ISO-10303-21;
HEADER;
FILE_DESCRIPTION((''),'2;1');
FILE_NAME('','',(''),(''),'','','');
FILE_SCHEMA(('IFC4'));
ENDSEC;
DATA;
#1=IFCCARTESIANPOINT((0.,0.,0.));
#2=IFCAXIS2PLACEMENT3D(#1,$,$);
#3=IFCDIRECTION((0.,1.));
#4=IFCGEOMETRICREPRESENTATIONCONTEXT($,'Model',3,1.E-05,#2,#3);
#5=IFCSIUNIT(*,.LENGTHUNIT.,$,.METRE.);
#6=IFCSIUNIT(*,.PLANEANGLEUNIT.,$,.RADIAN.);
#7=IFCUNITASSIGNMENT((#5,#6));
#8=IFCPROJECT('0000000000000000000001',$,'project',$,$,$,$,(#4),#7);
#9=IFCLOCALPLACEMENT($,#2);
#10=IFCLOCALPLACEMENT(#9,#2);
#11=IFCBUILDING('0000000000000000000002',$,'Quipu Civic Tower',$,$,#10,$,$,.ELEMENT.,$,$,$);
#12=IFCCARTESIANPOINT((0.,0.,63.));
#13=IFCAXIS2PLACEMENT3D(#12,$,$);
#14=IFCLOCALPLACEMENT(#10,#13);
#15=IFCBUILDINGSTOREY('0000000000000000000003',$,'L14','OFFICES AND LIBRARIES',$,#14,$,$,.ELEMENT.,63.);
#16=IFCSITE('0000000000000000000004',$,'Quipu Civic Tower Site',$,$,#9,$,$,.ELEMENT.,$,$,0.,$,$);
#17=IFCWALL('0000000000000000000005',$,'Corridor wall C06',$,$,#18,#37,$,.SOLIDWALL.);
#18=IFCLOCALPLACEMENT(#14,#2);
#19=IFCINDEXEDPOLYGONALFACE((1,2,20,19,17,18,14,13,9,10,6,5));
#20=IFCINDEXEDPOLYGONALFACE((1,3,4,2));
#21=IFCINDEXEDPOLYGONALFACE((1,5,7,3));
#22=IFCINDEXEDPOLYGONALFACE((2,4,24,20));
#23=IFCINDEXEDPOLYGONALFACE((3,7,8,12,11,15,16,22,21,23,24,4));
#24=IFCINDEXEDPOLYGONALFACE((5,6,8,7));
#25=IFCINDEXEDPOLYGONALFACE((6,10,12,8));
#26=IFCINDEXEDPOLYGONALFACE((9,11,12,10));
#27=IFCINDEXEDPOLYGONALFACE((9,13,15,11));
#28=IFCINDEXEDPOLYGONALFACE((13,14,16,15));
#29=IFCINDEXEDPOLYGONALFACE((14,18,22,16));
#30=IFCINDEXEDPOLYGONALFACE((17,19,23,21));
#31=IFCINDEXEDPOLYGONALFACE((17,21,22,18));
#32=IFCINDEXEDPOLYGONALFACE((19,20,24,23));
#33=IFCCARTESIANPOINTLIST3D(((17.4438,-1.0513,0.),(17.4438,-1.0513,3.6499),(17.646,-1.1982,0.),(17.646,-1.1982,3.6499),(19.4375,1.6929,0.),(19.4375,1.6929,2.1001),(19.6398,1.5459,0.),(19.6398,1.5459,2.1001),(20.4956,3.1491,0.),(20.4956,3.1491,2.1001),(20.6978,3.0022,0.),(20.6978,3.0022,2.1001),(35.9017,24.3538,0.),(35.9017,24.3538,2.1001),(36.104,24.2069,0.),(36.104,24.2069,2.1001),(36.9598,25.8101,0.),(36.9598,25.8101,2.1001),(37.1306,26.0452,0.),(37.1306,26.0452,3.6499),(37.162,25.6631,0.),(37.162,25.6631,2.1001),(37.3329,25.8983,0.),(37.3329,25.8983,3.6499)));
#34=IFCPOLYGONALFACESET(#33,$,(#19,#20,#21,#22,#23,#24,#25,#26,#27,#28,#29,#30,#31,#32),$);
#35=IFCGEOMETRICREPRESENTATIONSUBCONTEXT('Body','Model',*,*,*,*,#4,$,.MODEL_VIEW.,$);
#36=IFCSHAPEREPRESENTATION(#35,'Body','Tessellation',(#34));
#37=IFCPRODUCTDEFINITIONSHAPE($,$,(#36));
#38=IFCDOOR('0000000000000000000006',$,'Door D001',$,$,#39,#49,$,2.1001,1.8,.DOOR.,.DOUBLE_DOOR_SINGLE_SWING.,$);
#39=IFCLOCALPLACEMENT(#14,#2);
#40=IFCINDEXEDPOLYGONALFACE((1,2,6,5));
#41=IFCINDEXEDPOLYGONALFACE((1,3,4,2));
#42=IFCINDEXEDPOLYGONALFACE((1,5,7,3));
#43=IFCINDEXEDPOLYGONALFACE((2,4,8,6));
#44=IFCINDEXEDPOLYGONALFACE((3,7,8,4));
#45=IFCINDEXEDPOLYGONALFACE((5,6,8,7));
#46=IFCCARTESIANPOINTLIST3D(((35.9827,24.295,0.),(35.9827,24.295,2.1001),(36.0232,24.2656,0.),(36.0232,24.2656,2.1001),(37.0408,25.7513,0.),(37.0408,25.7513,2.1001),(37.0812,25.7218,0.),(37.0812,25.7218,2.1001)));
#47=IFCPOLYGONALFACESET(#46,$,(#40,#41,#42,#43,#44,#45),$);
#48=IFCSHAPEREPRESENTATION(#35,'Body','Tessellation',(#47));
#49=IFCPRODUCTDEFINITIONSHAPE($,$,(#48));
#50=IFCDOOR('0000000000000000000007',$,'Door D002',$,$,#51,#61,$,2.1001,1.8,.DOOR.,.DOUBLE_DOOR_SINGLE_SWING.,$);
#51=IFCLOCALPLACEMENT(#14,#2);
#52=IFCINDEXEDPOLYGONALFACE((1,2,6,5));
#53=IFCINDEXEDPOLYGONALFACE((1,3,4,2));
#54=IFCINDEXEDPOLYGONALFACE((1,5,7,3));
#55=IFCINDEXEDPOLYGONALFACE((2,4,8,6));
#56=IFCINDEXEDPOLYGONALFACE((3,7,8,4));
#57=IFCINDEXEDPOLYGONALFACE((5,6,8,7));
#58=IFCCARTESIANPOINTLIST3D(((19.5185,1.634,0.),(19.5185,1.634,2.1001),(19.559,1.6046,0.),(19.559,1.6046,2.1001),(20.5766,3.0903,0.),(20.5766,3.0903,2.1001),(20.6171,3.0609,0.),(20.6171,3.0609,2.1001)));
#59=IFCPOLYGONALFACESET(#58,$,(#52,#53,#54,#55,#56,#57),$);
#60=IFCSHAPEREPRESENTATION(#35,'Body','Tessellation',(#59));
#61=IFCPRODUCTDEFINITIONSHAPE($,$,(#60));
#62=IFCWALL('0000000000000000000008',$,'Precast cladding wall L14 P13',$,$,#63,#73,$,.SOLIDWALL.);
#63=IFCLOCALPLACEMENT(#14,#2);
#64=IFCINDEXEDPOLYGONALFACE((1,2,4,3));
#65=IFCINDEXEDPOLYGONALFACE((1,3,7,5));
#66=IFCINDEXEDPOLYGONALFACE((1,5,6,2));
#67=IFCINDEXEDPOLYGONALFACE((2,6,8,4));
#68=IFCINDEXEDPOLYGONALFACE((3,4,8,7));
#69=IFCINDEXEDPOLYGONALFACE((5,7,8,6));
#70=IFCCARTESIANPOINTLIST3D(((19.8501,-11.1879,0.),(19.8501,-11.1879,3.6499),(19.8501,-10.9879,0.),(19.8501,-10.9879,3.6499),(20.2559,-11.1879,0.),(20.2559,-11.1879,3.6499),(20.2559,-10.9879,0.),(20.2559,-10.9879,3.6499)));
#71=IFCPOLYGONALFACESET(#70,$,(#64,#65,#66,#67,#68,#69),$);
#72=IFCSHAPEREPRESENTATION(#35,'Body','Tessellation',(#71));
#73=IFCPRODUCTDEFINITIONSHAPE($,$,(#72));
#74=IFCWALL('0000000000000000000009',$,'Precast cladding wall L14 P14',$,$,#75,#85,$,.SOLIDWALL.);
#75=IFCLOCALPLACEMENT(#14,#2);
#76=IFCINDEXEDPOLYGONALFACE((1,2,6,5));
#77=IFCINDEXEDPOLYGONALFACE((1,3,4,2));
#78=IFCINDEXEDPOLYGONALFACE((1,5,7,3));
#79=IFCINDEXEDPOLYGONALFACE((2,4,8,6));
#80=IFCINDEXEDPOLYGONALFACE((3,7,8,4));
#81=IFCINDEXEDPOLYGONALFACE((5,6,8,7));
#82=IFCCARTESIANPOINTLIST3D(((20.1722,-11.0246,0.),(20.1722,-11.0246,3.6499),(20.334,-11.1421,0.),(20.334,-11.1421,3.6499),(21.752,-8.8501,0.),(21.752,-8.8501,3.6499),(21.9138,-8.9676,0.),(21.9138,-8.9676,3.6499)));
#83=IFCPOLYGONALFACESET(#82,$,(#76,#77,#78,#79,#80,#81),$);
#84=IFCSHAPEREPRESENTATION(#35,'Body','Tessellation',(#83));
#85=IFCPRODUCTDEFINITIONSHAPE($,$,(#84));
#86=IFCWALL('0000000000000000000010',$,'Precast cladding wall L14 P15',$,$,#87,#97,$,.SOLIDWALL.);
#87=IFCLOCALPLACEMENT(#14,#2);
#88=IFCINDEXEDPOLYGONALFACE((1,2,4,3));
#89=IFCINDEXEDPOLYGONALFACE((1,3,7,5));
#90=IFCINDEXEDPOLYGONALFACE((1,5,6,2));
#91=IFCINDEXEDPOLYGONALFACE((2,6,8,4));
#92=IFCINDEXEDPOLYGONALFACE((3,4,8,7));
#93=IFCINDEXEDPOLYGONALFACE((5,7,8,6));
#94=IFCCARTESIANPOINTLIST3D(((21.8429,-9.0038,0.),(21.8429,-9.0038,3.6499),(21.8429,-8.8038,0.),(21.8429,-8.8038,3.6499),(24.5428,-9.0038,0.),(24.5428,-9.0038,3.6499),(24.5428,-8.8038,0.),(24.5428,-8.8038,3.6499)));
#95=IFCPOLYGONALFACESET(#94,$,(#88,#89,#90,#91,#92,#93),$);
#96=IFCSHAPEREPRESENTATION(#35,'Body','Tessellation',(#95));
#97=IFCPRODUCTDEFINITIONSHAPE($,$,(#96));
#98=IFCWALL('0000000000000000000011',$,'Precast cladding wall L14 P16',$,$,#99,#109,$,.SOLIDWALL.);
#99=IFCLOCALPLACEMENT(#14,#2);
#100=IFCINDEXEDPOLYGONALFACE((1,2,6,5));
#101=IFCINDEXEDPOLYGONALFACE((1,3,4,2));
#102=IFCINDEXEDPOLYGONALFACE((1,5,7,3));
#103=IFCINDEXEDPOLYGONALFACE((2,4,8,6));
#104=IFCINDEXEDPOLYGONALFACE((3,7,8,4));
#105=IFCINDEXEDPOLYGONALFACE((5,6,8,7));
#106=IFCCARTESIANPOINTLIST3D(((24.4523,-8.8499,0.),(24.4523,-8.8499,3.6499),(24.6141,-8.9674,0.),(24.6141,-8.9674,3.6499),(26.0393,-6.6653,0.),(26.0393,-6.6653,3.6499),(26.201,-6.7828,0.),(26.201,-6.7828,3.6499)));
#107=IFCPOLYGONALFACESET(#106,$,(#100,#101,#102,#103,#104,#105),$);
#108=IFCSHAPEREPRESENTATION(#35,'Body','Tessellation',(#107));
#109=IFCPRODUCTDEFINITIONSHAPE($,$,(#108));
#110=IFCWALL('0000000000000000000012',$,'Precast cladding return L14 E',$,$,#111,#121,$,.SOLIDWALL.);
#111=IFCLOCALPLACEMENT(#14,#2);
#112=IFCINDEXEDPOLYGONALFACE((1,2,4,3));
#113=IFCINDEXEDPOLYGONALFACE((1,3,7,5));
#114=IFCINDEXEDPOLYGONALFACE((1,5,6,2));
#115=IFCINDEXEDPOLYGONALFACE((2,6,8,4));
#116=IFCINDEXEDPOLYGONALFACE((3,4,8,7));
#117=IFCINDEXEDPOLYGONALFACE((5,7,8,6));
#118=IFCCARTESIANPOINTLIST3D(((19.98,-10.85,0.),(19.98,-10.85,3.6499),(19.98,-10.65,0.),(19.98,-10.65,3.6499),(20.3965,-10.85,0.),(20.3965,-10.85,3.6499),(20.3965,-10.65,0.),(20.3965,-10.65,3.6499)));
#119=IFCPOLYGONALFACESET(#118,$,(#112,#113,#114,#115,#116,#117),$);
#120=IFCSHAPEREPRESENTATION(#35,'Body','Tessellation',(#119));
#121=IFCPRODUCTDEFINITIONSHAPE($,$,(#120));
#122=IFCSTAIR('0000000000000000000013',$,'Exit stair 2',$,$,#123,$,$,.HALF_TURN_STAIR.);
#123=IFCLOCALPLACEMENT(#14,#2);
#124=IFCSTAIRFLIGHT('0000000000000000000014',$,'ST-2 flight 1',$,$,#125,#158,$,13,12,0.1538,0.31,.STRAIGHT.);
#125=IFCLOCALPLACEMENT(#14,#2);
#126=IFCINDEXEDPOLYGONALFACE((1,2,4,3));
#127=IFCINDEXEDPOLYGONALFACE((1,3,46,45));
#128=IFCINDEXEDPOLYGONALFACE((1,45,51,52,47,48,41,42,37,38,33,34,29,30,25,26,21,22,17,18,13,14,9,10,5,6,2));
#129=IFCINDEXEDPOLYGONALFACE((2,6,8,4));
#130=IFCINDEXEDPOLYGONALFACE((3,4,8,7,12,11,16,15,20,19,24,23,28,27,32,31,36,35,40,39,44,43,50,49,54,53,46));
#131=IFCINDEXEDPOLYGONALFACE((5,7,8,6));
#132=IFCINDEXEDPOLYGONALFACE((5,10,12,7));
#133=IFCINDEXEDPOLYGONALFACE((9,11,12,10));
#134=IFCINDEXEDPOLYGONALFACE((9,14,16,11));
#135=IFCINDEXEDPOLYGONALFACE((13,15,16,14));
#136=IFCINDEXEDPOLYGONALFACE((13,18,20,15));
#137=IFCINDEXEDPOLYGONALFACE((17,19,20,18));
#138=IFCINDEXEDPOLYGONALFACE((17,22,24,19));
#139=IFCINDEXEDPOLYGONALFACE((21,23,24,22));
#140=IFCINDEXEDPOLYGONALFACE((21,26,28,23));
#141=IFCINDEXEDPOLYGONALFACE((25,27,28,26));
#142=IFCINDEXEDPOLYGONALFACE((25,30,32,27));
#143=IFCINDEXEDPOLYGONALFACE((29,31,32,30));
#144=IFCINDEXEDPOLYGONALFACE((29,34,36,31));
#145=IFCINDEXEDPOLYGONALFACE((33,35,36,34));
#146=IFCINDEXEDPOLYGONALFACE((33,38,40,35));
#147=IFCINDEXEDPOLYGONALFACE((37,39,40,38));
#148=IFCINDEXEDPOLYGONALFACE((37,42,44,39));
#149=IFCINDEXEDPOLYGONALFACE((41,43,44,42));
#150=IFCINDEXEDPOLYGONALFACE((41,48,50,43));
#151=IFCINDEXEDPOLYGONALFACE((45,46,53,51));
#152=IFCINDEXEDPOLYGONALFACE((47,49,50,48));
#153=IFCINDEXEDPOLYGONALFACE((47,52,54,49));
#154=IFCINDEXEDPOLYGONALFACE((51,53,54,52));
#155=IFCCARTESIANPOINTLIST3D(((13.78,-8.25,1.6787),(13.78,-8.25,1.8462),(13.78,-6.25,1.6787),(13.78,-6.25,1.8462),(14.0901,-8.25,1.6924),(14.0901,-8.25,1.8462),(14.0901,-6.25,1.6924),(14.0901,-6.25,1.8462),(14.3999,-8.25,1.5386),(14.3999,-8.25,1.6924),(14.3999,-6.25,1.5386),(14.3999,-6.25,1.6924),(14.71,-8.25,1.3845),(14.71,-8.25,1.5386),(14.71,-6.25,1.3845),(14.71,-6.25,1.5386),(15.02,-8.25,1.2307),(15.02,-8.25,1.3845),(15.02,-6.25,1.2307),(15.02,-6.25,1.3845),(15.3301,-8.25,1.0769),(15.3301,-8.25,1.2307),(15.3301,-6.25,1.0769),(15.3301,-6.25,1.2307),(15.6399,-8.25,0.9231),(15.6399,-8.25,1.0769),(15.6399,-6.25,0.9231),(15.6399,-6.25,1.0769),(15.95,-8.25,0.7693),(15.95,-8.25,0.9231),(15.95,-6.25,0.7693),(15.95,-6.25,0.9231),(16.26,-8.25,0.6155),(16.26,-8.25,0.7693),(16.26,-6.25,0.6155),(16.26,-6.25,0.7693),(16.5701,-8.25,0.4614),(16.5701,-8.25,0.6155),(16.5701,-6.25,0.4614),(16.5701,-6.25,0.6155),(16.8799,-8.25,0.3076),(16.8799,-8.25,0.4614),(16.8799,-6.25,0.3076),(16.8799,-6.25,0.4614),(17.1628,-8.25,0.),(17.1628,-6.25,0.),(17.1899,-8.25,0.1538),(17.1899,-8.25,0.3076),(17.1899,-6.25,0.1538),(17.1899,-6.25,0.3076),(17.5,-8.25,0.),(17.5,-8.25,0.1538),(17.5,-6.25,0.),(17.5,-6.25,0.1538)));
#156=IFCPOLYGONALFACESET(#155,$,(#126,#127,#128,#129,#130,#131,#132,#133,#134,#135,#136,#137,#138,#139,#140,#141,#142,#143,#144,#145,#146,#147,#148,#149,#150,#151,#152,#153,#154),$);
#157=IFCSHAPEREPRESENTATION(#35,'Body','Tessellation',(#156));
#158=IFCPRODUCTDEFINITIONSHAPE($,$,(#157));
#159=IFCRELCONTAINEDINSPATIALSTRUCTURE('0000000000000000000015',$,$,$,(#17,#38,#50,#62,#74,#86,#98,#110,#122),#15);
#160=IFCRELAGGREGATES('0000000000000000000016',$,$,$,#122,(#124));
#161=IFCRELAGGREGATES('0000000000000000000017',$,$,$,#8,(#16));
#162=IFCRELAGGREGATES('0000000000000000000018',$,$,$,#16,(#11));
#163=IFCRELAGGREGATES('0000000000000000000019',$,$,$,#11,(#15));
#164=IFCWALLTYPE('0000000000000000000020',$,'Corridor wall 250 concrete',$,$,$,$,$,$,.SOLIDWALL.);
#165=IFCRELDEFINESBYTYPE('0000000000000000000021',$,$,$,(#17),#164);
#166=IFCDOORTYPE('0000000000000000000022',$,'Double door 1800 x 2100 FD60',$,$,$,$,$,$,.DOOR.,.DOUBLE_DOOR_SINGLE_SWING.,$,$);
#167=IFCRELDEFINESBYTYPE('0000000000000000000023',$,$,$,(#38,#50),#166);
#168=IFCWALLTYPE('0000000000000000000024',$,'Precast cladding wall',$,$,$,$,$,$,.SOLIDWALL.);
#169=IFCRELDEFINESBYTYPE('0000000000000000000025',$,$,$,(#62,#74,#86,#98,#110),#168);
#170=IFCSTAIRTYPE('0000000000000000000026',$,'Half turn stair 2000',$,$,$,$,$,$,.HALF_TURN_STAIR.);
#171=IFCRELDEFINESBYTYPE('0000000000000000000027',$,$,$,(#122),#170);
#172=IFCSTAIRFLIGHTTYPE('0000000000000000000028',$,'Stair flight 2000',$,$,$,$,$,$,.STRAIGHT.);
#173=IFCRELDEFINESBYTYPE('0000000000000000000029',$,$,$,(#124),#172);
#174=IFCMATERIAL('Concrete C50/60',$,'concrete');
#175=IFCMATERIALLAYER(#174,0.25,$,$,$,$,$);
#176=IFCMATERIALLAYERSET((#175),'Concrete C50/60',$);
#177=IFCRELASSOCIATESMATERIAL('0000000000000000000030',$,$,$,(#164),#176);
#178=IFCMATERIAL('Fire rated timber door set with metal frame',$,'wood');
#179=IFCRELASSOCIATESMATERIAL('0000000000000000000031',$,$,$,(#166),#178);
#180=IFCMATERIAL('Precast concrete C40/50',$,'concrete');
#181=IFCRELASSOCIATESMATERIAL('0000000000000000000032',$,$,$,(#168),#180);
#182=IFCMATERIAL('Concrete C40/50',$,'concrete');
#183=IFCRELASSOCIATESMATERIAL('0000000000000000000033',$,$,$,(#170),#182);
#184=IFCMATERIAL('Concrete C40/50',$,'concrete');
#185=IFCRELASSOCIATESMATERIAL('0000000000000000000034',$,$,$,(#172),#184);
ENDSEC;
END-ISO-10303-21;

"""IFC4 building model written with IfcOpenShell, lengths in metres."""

from ifc_helpers import new_model, si_unit, direction, frame, frame_2d, origin, place, context, subcontext, project, spatial, polyline, rectangle, outline, extrude, material, layer, layer_set, type_object, element, fill, aggregate, save


model = new_model("IFC4")

# Units and contexts
model_context = context("Model", 3, precision=1e-05, world=origin(), true_north=direction((0.0, 1.0)))
body_context = subcontext(model_context, "Body", "Model", "MODEL_VIEW")
ifc_project = project(units=[si_unit("LENGTHUNIT", "METRE"), si_unit("PLANEANGLEUNIT", "RADIAN")], contexts=[model_context])

# Site, building, storey
site_placement = place(None, origin())
site = spatial("IfcSite", under=ifc_project, at=site_placement, Name="Quipu Civic Tower Site", CompositionType="ELEMENT", RefElevation=0.0)
building_placement = place(site_placement, origin())
building = spatial("IfcBuilding", under=site, at=building_placement, Name="Quipu Civic Tower", CompositionType="ELEMENT")
storey_placement = place(building_placement, frame((0.0, 0.0, 63.0)))
storey = spatial("IfcBuildingStorey", under=building, at=storey_placement, Name="L14", Description="OFFICES AND LIBRARIES", CompositionType="ELEMENT", Elevation=63.0)

# Wall, openings, doors
ifc_material_1 = material(Name="Concrete C50/60", Category="concrete")
ifc_layer_1 = layer(ifc_material_1, 0.25)
ifc_layer_set_1 = layer_set([ifc_layer_1], Name="Concrete C50/60")
wall_type_1 = type_object("IfcWallType", Name="Corridor wall 250 concrete", PredefinedType="SOLIDWALL", material=ifc_layer_set_1)
wall_1_placement = place(storey_placement, frame((17.5449, -1.1248, 0.0), z_axis=(0.0, 0.0, 1.0), x_axis=(0.587786, 0.809016, 0.0)))
wall_1 = element("IfcWall", 1, at=wall_1_placement, inside=storey, type_object=wall_type_1, Name="Corridor wall C06", PredefinedType="SOLIDWALL", context=body_context, shape_type="SweptSolid", body=[
    extrude(rectangle(XDim=33.4932, YDim=0.25, at=frame_2d((16.7466, 0.0))), origin(), (0.0, 0.0, 1.0), 3.6499),
])
opening_1_placement = place(wall_1_placement, frame((31.4026, 0.0, 0.0)))
opening_1 = element("IfcOpeningElement", 2, at=opening_1_placement, cuts=wall_1, PredefinedType="OPENING", context=body_context, shape_type="SweptSolid", body=[
    extrude(rectangle(XDim=1.8, YDim=2.1001, at=frame_2d((0.8999, 1.05))), frame((0.0, 0.135, 0.0), z_axis=(0.0, -1.0, 0.0), x_axis=(1.0, 0.0, 0.0)), (0.0, 0.0, 1.0), 0.27),
])
opening_2_placement = place(wall_1_placement, frame((3.3921, 0.0, 0.0)))
opening_2 = element("IfcOpeningElement", 3, at=opening_2_placement, cuts=wall_1, PredefinedType="OPENING", context=body_context, shape_type="SweptSolid", body=[
    extrude(rectangle(XDim=1.8, YDim=2.1001, at=frame_2d((0.8999, 1.05))), frame((0.0, 0.135, 0.0), z_axis=(0.0, -1.0, 0.0), x_axis=(1.0, 0.0, 0.0)), (0.0, 0.0, 1.0), 0.27),
])
ifc_material_2 = material(Name="Fire rated timber door set with metal frame", Category="wood")
door_type_1 = type_object("IfcDoorType", Name="Double door 1800 x 2100 FD60", OperationType="DOUBLE_DOOR_SINGLE_SWING", PredefinedType="DOOR", material=ifc_material_2)
door_1_placement = place(opening_1_placement, origin())
door_1 = element("IfcDoor", 4, at=door_1_placement, inside=storey, type_object=door_type_1, Name="Door D001", OperationType="DOUBLE_DOOR_SINGLE_SWING", OverallHeight=2.1001, OverallWidth=1.8, PredefinedType="DOOR", context=body_context, shape_type="SweptSolid", body=[
    extrude(rectangle(XDim=1.8, YDim=2.1001, at=frame_2d((0.8999, 1.05))), frame((0.0, 0.0249, 0.0), z_axis=(0.0, -1.0, 0.0), x_axis=(1.0, 0.0, 0.0)), (0.0, 0.0, 1.0), 0.05),
])
fill(opening_1, door_1)
door_2_placement = place(opening_2_placement, origin())
door_2 = element("IfcDoor", 5, at=door_2_placement, inside=storey, type_object=door_type_1, Name="Door D002", OperationType="DOUBLE_DOOR_SINGLE_SWING", OverallHeight=2.1001, OverallWidth=1.8, PredefinedType="DOOR", context=body_context, shape_type="SweptSolid", body=[
    extrude(rectangle(XDim=1.8, YDim=2.1001, at=frame_2d((0.8999, 1.05))), frame((0.0, 0.0249, 0.0), z_axis=(0.0, -1.0, 0.0), x_axis=(1.0, 0.0, 0.0)), (0.0, 0.0, 1.0), 0.05),
])
fill(opening_2, door_2)

# Walls
ifc_material_3 = material(Name="Precast concrete C40/50", Category="concrete")
wall_type_2 = type_object("IfcWallType", Name="Precast cladding wall", PredefinedType="SOLIDWALL", material=ifc_material_3)
wall_2_placement = place(storey_placement, frame((19.8501, -11.0879, 0.0), z_axis=(0.0, 0.0, 1.0), x_axis=(1.0, 0.0, 0.0)))
element("IfcWall", 6, at=wall_2_placement, inside=storey, type_object=wall_type_2, Name="Precast cladding wall L14 P13", PredefinedType="SOLIDWALL", context=body_context, shape_type="SweptSolid", body=[
    extrude(rectangle(XDim=0.4058, YDim=0.2, at=frame_2d((0.2029, 0.0))), origin(), (0.0, 0.0, 1.0), 3.6499),
])
wall_3_placement = place(storey_placement, frame((20.2532, -11.0833, 0.0), z_axis=(0.0, 0.0, 1.0), x_axis=(0.587767, 0.809031, 0.0)))
element("IfcWall", 7, at=wall_3_placement, inside=storey, type_object=wall_type_2, Name="Precast cladding wall L14 P14", PredefinedType="SOLIDWALL", context=body_context, shape_type="SweptSolid", body=[
    extrude(rectangle(XDim=2.6877, YDim=0.2, at=frame_2d((1.3438, 0.0))), origin(), (0.0, 0.0, 1.0), 3.6499),
])
wall_4_placement = place(storey_placement, frame((21.8428, -8.9038, 0.0), z_axis=(0.0, 0.0, 1.0), x_axis=(1.0, 0.0, 0.0)))
element("IfcWall", 8, at=wall_4_placement, inside=storey, type_object=wall_type_2, Name="Precast cladding wall L14 P15", PredefinedType="SOLIDWALL", context=body_context, shape_type="SweptSolid", body=[
    extrude(rectangle(XDim=2.7, YDim=0.2, at=frame_2d((1.3501, 0.0))), origin(), (0.0, 0.0, 1.0), 3.6499),
])
wall_5_placement = place(storey_placement, frame((24.5332, -8.9087, 0.0), z_axis=(0.0, 0.0, 1.0), x_axis=(0.58772, 0.809064, 0.0)))
element("IfcWall", 9, at=wall_5_placement, inside=storey, type_object=wall_type_2, Name="Precast cladding wall L14 P16", PredefinedType="SOLIDWALL", context=body_context, shape_type="SweptSolid", body=[
    extrude(rectangle(XDim=2.7002, YDim=0.2, at=frame_2d((1.3501, 0.0))), origin(), (0.0, 0.0, 1.0), 3.6499),
])
wall_6_placement = place(storey_placement, frame((19.98, -10.75, 0.0), z_axis=(0.0, 0.0, 1.0), x_axis=(1.0, 0.0, 0.0)))
element("IfcWall", 10, at=wall_6_placement, inside=storey, type_object=wall_type_2, Name="Precast cladding return L14 E", PredefinedType="SOLIDWALL", context=body_context, shape_type="SweptSolid", body=[
    extrude(rectangle(XDim=0.4165, YDim=0.2, at=frame_2d((0.2083, 0.0))), origin(), (0.0, 0.0, 1.0), 3.6499),
])

# Stair, stair flight
ifc_material_4 = material(Name="Concrete C40/50", Category="concrete")
stair_type = type_object("IfcStairType", Name="Half turn stair 2000", PredefinedType="HALF_TURN_STAIR", material=ifc_material_4)
stair_placement = place(storey_placement, origin())
stair = element("IfcStair", 11, at=stair_placement, inside=storey, type_object=stair_type, Name="Exit stair 2", PredefinedType="HALF_TURN_STAIR")
ifc_material_5 = material(Name="Concrete C40/50", Category="concrete")
stair_flight_type = type_object("IfcStairFlightType", Name="Stair flight 2000", PredefinedType="STRAIGHT", material=ifc_material_5)
stair_flight_placement = place(storey_placement, frame((17.5, -7.25, 0.0), z_axis=(0.0, 0.0, 1.0), x_axis=(-1.0, 0.0, 0.0)))
stair_flight = element("IfcStairFlight", 12, at=stair_flight_placement, type_object=stair_flight_type, Name="ST-2 flight 1", NumberOfRisers=13, NumberOfTreads=12, PredefinedType="STRAIGHT", RiserHeight=0.1538, TreadLength=0.31, context=body_context, shape_type="SweptSolid", body=[
    extrude(outline(polyline([(0.0, 0.0), (0.0, 0.1538), (0.3101, 0.1538), (0.3101, 0.3076), (0.6201, 0.3076), (0.6201, 0.4614), (0.9299, 0.4614), (0.9299, 0.6155), (1.24, 0.6155), (1.24, 0.7693), (1.55, 0.7693), (1.55, 0.9231), (1.8601, 0.9231), (1.8601, 1.0769), (2.1699, 1.0769), (2.1699, 1.2307), (2.48, 1.2307), (2.48, 1.3845), (2.79, 1.3845), (2.79, 1.5386), (3.1001, 1.5386), (3.1001, 1.6924), (3.4099, 1.6924), (3.4099, 1.8462), (3.72, 1.8462), (3.72, 2.0), (3.72, 1.6787), (0.3372, 0.0), (0.0, 0.0)])), frame((0.0, 1.0, 0.0), z_axis=(0.0, -1.0, 0.0), x_axis=(1.0, 0.0, 0.0)), (0.0, 0.0, 1.0), 2.0),
])
aggregate(stair, [stair_flight])

save(model, "model.ifc")
